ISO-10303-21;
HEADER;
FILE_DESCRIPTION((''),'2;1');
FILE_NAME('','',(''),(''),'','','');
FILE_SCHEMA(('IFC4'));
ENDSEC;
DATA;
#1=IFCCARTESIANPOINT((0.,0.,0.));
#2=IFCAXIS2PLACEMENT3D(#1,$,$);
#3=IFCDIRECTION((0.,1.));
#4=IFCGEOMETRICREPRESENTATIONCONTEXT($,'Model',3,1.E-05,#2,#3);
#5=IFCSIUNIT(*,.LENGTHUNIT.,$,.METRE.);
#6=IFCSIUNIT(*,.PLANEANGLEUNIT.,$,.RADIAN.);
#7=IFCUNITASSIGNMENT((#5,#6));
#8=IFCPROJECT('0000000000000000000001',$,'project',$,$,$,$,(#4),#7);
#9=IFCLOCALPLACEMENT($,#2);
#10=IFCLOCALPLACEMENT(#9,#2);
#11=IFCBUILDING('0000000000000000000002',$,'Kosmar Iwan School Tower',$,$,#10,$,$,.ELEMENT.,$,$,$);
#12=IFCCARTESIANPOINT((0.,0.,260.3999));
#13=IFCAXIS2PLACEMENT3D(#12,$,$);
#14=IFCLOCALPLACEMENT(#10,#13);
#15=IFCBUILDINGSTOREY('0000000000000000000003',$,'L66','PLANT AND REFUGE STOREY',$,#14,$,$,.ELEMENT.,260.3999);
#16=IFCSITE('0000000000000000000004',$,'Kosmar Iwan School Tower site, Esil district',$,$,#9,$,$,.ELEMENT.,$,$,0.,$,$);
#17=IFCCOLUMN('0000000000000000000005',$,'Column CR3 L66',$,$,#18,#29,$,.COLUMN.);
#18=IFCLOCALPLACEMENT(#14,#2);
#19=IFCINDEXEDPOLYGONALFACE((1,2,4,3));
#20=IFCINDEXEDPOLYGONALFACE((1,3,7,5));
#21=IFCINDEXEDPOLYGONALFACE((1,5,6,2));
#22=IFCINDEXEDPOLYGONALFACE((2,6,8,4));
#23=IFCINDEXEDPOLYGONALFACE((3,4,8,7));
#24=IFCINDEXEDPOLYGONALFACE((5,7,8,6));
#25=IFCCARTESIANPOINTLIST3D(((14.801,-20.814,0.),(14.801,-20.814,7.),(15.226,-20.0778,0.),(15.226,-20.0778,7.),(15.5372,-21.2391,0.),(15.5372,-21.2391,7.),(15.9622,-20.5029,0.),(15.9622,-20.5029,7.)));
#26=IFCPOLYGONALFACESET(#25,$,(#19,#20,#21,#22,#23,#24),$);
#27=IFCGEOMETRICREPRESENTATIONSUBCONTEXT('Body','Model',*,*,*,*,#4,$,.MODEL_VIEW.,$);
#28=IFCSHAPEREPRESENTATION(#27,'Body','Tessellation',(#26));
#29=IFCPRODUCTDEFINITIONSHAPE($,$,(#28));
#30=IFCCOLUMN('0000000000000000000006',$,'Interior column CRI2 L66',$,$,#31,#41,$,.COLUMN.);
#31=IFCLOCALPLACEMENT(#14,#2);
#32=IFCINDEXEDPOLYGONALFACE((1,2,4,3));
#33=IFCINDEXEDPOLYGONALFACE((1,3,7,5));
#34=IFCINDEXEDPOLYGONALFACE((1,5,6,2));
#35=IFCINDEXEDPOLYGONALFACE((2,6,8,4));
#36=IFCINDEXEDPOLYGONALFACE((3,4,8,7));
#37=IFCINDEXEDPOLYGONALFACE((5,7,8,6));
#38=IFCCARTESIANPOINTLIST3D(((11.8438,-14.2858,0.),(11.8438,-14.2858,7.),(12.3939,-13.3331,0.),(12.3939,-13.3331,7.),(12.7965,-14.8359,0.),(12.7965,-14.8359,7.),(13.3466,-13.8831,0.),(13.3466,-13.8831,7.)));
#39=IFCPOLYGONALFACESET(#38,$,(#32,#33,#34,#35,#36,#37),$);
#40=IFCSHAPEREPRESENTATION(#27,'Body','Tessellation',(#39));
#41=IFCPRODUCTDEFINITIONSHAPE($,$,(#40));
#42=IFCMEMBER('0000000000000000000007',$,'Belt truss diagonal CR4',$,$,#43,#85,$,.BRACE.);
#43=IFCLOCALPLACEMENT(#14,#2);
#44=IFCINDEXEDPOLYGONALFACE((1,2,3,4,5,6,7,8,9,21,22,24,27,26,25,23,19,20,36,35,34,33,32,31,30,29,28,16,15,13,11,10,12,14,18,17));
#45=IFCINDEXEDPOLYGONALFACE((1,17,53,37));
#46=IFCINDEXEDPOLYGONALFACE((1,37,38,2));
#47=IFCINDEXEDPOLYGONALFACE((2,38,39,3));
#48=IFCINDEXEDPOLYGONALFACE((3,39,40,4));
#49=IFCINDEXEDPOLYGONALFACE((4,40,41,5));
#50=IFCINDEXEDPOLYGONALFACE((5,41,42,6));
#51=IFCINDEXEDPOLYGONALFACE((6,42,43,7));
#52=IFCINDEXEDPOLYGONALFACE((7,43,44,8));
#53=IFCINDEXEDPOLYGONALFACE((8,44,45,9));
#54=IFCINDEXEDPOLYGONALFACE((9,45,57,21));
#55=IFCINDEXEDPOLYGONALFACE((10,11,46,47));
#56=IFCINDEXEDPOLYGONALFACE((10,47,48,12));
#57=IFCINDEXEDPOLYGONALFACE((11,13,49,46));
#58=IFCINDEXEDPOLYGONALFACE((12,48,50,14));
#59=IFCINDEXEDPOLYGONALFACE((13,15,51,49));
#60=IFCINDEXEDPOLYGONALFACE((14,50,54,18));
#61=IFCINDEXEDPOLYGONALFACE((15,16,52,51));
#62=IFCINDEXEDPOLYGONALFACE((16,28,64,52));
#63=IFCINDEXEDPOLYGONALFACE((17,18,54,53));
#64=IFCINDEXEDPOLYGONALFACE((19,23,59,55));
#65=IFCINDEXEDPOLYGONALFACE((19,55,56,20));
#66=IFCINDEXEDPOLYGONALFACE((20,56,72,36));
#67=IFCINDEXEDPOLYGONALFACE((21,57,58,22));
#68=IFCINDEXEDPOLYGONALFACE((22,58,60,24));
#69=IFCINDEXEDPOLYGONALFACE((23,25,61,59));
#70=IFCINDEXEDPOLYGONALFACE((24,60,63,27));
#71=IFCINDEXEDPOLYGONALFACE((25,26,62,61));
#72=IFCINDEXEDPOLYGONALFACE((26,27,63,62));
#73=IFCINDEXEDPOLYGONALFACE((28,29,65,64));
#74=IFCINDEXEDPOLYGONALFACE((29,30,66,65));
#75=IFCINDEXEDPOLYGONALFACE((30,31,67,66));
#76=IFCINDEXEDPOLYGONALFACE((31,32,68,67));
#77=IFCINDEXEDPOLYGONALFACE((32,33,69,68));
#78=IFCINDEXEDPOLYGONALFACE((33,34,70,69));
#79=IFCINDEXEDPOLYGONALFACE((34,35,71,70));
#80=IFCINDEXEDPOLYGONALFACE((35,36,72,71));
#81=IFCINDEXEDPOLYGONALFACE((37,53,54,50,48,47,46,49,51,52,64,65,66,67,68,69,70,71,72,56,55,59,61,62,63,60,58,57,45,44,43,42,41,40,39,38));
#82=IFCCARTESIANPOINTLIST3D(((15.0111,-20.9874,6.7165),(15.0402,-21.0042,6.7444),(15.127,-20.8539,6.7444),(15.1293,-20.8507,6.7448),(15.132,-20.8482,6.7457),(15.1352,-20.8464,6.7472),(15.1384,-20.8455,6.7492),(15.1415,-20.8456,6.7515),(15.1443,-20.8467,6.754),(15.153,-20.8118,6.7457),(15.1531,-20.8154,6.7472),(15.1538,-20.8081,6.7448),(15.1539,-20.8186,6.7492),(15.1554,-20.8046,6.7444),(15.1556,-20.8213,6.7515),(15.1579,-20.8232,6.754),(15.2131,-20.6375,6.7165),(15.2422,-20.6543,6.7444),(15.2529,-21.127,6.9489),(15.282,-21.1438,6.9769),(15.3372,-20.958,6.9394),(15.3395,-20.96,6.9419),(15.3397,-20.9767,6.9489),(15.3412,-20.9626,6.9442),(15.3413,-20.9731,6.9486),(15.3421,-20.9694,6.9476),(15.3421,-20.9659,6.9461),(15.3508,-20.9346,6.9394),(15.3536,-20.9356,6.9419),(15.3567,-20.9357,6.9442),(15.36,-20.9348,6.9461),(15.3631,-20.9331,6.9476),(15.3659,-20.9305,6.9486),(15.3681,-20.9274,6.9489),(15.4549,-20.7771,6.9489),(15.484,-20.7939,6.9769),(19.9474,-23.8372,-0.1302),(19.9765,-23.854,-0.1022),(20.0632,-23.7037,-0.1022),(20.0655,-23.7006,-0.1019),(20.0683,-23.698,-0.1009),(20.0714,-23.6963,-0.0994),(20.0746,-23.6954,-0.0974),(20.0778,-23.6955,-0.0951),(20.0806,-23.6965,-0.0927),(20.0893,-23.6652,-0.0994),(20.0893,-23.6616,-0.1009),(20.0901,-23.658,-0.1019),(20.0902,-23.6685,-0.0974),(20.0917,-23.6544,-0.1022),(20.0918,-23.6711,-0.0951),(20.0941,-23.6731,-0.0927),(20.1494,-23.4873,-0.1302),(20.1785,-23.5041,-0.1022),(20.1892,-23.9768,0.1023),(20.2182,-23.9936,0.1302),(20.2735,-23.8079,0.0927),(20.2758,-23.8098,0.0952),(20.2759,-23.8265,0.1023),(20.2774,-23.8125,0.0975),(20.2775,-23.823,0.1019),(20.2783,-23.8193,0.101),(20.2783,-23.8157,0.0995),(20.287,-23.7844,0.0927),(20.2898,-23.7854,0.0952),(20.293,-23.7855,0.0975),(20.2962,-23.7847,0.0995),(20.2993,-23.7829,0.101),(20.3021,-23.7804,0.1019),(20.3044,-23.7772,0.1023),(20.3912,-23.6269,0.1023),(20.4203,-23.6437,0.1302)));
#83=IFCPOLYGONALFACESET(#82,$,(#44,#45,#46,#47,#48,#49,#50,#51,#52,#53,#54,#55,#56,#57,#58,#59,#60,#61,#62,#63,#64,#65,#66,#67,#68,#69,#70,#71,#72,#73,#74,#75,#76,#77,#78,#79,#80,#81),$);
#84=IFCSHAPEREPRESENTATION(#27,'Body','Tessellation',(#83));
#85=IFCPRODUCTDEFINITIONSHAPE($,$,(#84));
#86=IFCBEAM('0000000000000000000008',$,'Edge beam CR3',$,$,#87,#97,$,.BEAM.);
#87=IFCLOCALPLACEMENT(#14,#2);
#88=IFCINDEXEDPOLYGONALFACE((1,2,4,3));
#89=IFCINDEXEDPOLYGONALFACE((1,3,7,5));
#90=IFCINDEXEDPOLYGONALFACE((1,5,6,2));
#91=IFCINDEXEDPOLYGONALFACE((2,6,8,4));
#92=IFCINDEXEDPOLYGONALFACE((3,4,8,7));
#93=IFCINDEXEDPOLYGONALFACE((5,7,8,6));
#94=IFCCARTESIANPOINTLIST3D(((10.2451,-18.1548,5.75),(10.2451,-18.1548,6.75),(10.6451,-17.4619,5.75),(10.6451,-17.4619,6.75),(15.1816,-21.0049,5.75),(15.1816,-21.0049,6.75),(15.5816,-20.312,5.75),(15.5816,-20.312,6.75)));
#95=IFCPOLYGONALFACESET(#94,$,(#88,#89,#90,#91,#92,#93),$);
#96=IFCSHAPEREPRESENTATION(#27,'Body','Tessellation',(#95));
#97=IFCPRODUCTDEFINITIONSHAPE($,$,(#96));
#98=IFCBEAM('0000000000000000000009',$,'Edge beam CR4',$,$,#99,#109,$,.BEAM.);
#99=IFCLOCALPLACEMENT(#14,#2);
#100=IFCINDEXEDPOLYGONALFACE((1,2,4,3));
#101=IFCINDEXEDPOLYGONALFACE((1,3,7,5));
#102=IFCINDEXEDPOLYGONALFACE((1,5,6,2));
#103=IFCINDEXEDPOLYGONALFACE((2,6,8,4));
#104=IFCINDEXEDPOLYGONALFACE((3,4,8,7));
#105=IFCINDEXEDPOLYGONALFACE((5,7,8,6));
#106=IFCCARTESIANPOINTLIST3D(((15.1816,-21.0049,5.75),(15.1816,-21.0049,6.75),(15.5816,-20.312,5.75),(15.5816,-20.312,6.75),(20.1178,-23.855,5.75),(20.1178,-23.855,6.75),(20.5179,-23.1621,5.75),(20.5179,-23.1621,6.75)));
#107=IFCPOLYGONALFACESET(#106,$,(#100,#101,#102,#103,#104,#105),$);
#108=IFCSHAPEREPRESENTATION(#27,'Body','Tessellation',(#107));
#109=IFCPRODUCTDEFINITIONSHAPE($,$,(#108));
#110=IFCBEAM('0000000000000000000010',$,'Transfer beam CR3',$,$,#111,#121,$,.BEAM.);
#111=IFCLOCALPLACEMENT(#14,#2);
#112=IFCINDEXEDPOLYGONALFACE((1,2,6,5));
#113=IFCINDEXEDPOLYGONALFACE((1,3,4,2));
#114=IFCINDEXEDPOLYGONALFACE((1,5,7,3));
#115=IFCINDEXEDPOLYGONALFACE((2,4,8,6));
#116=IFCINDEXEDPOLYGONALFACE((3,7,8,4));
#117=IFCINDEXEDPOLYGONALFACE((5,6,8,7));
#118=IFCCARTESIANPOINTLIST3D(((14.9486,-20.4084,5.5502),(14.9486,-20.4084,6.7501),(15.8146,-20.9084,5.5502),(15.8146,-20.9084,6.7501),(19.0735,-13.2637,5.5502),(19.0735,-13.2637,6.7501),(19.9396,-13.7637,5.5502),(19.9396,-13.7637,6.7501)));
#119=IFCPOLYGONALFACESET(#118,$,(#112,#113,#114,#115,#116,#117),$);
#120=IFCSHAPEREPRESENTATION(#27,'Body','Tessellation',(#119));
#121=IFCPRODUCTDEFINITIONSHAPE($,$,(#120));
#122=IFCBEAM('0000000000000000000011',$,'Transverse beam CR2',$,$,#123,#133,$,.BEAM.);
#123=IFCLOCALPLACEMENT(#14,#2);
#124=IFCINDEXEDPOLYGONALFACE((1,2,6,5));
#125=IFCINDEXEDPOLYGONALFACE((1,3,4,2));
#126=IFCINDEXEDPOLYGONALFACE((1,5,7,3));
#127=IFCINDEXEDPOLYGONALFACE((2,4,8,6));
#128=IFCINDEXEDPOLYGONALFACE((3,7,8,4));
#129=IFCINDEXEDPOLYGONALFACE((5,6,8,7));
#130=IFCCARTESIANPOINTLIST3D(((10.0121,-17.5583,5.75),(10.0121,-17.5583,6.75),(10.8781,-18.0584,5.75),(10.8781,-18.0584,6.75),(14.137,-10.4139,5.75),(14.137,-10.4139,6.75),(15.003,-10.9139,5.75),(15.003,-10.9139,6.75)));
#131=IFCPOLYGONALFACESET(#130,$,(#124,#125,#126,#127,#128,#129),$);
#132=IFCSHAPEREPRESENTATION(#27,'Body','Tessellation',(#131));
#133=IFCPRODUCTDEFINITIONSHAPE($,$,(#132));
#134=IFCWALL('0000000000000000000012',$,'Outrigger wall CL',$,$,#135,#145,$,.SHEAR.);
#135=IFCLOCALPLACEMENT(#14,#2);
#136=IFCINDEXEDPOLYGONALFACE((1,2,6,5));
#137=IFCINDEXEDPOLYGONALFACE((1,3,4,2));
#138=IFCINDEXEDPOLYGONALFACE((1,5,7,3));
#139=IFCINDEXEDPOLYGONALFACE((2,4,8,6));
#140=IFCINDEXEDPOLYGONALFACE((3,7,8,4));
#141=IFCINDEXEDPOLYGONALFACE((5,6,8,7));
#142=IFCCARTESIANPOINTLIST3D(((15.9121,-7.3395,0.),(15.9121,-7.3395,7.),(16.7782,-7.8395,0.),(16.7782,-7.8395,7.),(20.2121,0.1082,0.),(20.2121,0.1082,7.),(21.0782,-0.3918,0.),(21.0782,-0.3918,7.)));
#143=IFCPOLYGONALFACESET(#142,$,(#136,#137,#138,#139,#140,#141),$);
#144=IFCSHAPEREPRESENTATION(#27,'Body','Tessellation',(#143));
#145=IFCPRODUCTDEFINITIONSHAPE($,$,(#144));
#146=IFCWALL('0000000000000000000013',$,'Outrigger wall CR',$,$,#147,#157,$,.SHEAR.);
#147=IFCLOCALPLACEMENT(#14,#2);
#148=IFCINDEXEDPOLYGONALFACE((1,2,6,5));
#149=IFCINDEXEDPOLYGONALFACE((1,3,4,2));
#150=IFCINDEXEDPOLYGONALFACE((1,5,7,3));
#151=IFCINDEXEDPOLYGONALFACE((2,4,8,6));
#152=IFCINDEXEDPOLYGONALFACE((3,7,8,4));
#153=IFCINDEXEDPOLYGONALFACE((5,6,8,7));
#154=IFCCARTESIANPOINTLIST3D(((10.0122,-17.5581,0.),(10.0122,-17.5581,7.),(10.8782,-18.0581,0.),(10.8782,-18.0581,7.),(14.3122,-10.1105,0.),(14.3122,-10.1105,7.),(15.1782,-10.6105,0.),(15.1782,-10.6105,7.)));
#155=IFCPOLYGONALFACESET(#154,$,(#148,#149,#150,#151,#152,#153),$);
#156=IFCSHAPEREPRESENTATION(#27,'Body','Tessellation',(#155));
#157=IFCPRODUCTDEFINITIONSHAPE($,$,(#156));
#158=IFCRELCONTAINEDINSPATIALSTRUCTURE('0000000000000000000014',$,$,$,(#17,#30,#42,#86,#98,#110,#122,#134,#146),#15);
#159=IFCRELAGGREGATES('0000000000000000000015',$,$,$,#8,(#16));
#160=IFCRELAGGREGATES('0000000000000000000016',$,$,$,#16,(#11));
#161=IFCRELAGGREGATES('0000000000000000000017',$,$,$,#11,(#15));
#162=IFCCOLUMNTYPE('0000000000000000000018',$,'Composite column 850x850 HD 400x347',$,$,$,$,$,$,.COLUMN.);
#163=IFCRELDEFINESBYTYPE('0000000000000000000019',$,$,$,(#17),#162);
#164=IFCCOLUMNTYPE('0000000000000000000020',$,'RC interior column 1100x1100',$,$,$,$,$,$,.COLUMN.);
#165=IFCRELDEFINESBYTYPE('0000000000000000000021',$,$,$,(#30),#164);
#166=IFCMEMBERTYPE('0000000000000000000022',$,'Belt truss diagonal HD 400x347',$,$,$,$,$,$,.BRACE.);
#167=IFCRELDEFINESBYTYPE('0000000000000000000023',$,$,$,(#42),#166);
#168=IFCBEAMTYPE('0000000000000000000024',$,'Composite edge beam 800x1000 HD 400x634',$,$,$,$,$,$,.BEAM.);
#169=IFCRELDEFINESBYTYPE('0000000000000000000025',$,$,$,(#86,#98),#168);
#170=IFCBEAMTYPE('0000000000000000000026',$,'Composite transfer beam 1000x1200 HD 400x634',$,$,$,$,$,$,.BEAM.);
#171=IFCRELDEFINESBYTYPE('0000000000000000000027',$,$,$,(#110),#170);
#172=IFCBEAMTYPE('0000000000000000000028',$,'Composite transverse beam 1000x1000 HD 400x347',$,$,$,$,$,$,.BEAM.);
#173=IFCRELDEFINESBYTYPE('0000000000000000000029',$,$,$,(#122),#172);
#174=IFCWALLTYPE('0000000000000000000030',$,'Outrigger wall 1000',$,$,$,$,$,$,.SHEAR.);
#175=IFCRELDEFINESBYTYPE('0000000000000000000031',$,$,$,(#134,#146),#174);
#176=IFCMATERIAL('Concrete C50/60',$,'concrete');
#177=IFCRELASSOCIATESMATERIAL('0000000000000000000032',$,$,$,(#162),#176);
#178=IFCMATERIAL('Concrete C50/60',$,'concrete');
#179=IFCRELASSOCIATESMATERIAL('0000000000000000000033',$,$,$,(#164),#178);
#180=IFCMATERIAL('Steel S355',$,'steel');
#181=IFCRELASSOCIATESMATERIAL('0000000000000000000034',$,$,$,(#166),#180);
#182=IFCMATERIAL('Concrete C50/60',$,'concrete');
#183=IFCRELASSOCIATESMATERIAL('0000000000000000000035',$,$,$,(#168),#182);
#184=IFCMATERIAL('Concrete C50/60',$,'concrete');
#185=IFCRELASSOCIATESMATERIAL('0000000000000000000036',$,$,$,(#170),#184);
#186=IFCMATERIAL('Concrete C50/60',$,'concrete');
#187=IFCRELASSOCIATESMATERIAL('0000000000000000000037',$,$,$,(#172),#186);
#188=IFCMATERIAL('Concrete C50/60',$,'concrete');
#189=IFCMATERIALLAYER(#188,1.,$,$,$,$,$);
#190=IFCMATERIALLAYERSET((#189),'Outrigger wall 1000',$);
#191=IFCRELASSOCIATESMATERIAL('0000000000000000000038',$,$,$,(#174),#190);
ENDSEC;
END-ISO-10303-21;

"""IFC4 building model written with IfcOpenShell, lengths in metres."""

from ifc_helpers import new_model, si_unit, direction, frame, frame_2d, origin, origin_2d, place, context, subcontext, project, spatial, rectangle, i_section, extrude, material, layer, layer_set, material_profile, profile_set, type_object, element, save


model = new_model("IFC4")

# Units and contexts
model_context = context("Model", 3, precision=1e-05, world=origin(), true_north=direction((0.0, 1.0)))
body_context = subcontext(model_context, "Body", "Model", "MODEL_VIEW")
ifc_project = project(units=[si_unit("LENGTHUNIT", "METRE"), si_unit("PLANEANGLEUNIT", "RADIAN")], contexts=[model_context])

# Site, building, storey
site_placement = place(None, origin())
site = spatial("IfcSite", under=ifc_project, at=site_placement, Name="Kosmar Iwan School Tower site, Esil district", CompositionType="ELEMENT", RefElevation=0.0)
building_placement = place(site_placement, origin())
building = spatial("IfcBuilding", under=site, at=building_placement, Name="Kosmar Iwan School Tower", CompositionType="ELEMENT")
storey_placement = place(building_placement, frame((0.0, 0.0, 260.3999)))
storey = spatial("IfcBuildingStorey", under=building, at=storey_placement, Name="L66", Description="PLANT AND REFUGE STOREY", CompositionType="ELEMENT", Elevation=260.3999)

# Columns
ifc_material_1 = material(Name="Concrete C50/60", Category="concrete")
ifc_material_profile_1 = material_profile(ifc_material_1, rectangle(XDim=0.8501, YDim=0.8501, at=origin_2d()), Name="RC 850x850 + HD 400x347")
ifc_profile_set_1 = profile_set([ifc_material_profile_1], Name="Concrete C50/60")
column_type_1 = type_object("IfcColumnType", Name="Composite column 850x850 HD 400x347", PredefinedType="COLUMN", material=ifc_profile_set_1)
column_1_placement = place(storey_placement, frame((15.3816, -20.6584, 0.0), z_axis=(0.0, 0.0, 1.0), x_axis=(0.866025, -0.5, 0.0)))
element("IfcColumn", 1, at=column_1_placement, inside=storey, type_object=column_type_1, Name="Column CR3 L66", PredefinedType="COLUMN", context=body_context, shape_type="SweptSolid", body=[
    extrude(rectangle(XDim=0.8501, YDim=0.8501, at=origin_2d()), origin(), (0.0, 0.0, 1.0), 7.0),
])
ifc_material_2 = material(Name="Concrete C50/60", Category="concrete")
ifc_material_profile_2 = material_profile(ifc_material_2, rectangle(XDim=1.1001, YDim=1.1001, at=origin_2d()), Name="RC 1100x1100")
ifc_profile_set_2 = profile_set([ifc_material_profile_2], Name="Concrete C50/60")
column_type_2 = type_object("IfcColumnType", Name="RC interior column 1100x1100", PredefinedType="COLUMN", material=ifc_profile_set_2)
column_2_placement = place(storey_placement, frame((12.5952, -14.0845, 0.0), z_axis=(0.0, 0.0, 1.0), x_axis=(0.866025, -0.5, 0.0)))
element("IfcColumn", 2, at=column_2_placement, inside=storey, type_object=column_type_2, Name="Interior column CRI2 L66", PredefinedType="COLUMN", context=body_context, shape_type="SweptSolid", body=[
    extrude(rectangle(XDim=1.1001, YDim=1.1001, at=origin_2d()), origin(), (0.0, 0.0, 1.0), 7.0),
])

# Member
ifc_material_3 = material(Name="Steel S355", Category="steel")
ifc_material_profile_3 = material_profile(ifc_material_3, i_section(OverallWidth=0.4041, OverallDepth=0.407, WebThickness=0.0271, FlangeThickness=0.0437, FilletRadius=0.0149, at=origin_2d()), Name="HD 400x347")
ifc_profile_set_3 = profile_set([ifc_material_profile_3], Name="Steel S355")
member_type = type_object("IfcMemberType", Name="Belt truss diagonal HD 400x347", PredefinedType="BRACE", material=ifc_profile_set_3)
member_placement = place(storey_placement, frame((15.2476, -20.8906, 6.8467), z_axis=(0.554094, -0.319894, -0.768536), x_axis=(0.499986, 0.866034, 0.0)))
element("IfcMember", 3, at=member_placement, inside=storey, type_object=member_type, Name="Belt truss diagonal CR4", PredefinedType="BRACE", context=body_context, shape_type="SweptSolid", body=[
    extrude(i_section(OverallWidth=0.4041, OverallDepth=0.407, WebThickness=0.0271, FlangeThickness=0.0437, FilletRadius=0.0149, at=origin_2d()), origin(), (0.0, 0.0, 1.0), 8.9087),
])

# Beams
ifc_material_4 = material(Name="Concrete C50/60", Category="concrete")
ifc_material_profile_4 = material_profile(ifc_material_4, rectangle(XDim=0.8, YDim=1.0, at=origin_2d()), Name="RC 800x1000 + HD 400x634")
ifc_profile_set_4 = profile_set([ifc_material_profile_4], Name="Concrete C50/60")
beam_type_1 = type_object("IfcBeamType", Name="Composite edge beam 800x1000 HD 400x634", PredefinedType="BEAM", material=ifc_profile_set_4)
beam_1_placement = place(storey_placement, frame((10.4451, -17.8083, 6.25), z_axis=(0.866026, -0.499999, 0.0), x_axis=(0.499999, 0.866026, 0.0)))
element("IfcBeam", 4, at=beam_1_placement, inside=storey, type_object=beam_type_1, Name="Edge beam CR3", PredefinedType="BEAM", context=body_context, shape_type="SweptSolid", body=[
    extrude(rectangle(XDim=0.8, YDim=1.0, at=origin_2d()), origin(), (0.0, 0.0, 1.0), 5.7002),
])
beam_2_placement = place(storey_placement, frame((15.3816, -20.6584, 6.25), z_axis=(0.866015, -0.500018, 0.0), x_axis=(0.500018, 0.866015, 0.0)))
element("IfcBeam", 5, at=beam_2_placement, inside=storey, type_object=beam_type_1, Name="Edge beam CR4", PredefinedType="BEAM", context=body_context, shape_type="SweptSolid", body=[
    extrude(rectangle(XDim=0.8, YDim=1.0, at=origin_2d()), origin(), (0.0, 0.0, 1.0), 5.7),
])
ifc_material_5 = material(Name="Concrete C50/60", Category="concrete")
ifc_material_profile_5 = material_profile(ifc_material_5, rectangle(XDim=1.0, YDim=1.2, at=origin_2d()), Name="RC 1000x1200 + HD 400x634")
ifc_profile_set_5 = profile_set([ifc_material_profile_5], Name="Concrete C50/60")
beam_type_2 = type_object("IfcBeamType", Name="Composite transfer beam 1000x1200 HD 400x634", PredefinedType="BEAM", material=ifc_profile_set_5)
beam_3_placement = place(storey_placement, frame((15.3816, -20.6584, 6.1501), z_axis=(0.499997, 0.866027, 0.0), x_axis=(-0.866027, 0.499997, 0.0)))
element("IfcBeam", 6, at=beam_3_placement, inside=storey, type_object=beam_type_2, Name="Transfer beam CR3", PredefinedType="BEAM", context=body_context, shape_type="SweptSolid", body=[
    extrude(rectangle(XDim=1.0, YDim=1.2, at=origin_2d()), origin(), (0.0, 0.0, 1.0), 8.25),
])
ifc_material_6 = material(Name="Concrete C50/60", Category="concrete")
ifc_material_profile_6 = material_profile(ifc_material_6, rectangle(XDim=1.0, YDim=1.0, at=origin_2d()), Name="RC 1000x1000 + HD 400x347")
ifc_profile_set_6 = profile_set([ifc_material_profile_6], Name="Concrete C50/60")
beam_type_3 = type_object("IfcBeamType", Name="Composite transverse beam 1000x1000 HD 400x347", PredefinedType="BEAM", material=ifc_profile_set_6)
beam_4_placement = place(storey_placement, frame((10.4451, -17.8083, 6.25), z_axis=(0.500009, 0.86602, 0.0), x_axis=(-0.86602, 0.500009, 0.0)))
element("IfcBeam", 7, at=beam_4_placement, inside=storey, type_object=beam_type_3, Name="Transverse beam CR2", PredefinedType="BEAM", context=body_context, shape_type="SweptSolid", body=[
    extrude(rectangle(XDim=1.0, YDim=1.0, at=origin_2d()), origin(), (0.0, 0.0, 1.0), 8.2498),
])

# Walls
ifc_material_7 = material(Name="Concrete C50/60", Category="concrete")
ifc_layer_1 = layer(ifc_material_7, 1.0)
ifc_layer_set_1 = layer_set([ifc_layer_1], Name="Outrigger wall 1000")
wall_type_1 = type_object("IfcWallType", Name="Outrigger wall 1000", PredefinedType="SHEAR", material=ifc_layer_set_1)
for number, where, z_axis, x_axis, name in (
    (8, (16.3452, -7.5894, 0.0), (0.0, 0.0, 1.0), (0.500008, 0.866021, 0.0), "Outrigger wall CL"),
    (9, (14.7451, -10.3606, 0.0), (0.0, 0.0, 1.0), (-0.500008, -0.866021, 0.0), "Outrigger wall CR"),
):
    element("IfcWall", number, at=place(storey_placement, frame(where, z_axis=z_axis, x_axis=x_axis)), inside=storey, type_object=wall_type_1, Name=name, PredefinedType="SHEAR", context=body_context, shape_type="SweptSolid", body=[
        extrude(rectangle(XDim=8.5999, YDim=1.0, at=frame_2d((4.2998, 0.0))), origin(), (0.0, 0.0, 1.0), 7.0),
    ])

save(model, "model.ifc")
